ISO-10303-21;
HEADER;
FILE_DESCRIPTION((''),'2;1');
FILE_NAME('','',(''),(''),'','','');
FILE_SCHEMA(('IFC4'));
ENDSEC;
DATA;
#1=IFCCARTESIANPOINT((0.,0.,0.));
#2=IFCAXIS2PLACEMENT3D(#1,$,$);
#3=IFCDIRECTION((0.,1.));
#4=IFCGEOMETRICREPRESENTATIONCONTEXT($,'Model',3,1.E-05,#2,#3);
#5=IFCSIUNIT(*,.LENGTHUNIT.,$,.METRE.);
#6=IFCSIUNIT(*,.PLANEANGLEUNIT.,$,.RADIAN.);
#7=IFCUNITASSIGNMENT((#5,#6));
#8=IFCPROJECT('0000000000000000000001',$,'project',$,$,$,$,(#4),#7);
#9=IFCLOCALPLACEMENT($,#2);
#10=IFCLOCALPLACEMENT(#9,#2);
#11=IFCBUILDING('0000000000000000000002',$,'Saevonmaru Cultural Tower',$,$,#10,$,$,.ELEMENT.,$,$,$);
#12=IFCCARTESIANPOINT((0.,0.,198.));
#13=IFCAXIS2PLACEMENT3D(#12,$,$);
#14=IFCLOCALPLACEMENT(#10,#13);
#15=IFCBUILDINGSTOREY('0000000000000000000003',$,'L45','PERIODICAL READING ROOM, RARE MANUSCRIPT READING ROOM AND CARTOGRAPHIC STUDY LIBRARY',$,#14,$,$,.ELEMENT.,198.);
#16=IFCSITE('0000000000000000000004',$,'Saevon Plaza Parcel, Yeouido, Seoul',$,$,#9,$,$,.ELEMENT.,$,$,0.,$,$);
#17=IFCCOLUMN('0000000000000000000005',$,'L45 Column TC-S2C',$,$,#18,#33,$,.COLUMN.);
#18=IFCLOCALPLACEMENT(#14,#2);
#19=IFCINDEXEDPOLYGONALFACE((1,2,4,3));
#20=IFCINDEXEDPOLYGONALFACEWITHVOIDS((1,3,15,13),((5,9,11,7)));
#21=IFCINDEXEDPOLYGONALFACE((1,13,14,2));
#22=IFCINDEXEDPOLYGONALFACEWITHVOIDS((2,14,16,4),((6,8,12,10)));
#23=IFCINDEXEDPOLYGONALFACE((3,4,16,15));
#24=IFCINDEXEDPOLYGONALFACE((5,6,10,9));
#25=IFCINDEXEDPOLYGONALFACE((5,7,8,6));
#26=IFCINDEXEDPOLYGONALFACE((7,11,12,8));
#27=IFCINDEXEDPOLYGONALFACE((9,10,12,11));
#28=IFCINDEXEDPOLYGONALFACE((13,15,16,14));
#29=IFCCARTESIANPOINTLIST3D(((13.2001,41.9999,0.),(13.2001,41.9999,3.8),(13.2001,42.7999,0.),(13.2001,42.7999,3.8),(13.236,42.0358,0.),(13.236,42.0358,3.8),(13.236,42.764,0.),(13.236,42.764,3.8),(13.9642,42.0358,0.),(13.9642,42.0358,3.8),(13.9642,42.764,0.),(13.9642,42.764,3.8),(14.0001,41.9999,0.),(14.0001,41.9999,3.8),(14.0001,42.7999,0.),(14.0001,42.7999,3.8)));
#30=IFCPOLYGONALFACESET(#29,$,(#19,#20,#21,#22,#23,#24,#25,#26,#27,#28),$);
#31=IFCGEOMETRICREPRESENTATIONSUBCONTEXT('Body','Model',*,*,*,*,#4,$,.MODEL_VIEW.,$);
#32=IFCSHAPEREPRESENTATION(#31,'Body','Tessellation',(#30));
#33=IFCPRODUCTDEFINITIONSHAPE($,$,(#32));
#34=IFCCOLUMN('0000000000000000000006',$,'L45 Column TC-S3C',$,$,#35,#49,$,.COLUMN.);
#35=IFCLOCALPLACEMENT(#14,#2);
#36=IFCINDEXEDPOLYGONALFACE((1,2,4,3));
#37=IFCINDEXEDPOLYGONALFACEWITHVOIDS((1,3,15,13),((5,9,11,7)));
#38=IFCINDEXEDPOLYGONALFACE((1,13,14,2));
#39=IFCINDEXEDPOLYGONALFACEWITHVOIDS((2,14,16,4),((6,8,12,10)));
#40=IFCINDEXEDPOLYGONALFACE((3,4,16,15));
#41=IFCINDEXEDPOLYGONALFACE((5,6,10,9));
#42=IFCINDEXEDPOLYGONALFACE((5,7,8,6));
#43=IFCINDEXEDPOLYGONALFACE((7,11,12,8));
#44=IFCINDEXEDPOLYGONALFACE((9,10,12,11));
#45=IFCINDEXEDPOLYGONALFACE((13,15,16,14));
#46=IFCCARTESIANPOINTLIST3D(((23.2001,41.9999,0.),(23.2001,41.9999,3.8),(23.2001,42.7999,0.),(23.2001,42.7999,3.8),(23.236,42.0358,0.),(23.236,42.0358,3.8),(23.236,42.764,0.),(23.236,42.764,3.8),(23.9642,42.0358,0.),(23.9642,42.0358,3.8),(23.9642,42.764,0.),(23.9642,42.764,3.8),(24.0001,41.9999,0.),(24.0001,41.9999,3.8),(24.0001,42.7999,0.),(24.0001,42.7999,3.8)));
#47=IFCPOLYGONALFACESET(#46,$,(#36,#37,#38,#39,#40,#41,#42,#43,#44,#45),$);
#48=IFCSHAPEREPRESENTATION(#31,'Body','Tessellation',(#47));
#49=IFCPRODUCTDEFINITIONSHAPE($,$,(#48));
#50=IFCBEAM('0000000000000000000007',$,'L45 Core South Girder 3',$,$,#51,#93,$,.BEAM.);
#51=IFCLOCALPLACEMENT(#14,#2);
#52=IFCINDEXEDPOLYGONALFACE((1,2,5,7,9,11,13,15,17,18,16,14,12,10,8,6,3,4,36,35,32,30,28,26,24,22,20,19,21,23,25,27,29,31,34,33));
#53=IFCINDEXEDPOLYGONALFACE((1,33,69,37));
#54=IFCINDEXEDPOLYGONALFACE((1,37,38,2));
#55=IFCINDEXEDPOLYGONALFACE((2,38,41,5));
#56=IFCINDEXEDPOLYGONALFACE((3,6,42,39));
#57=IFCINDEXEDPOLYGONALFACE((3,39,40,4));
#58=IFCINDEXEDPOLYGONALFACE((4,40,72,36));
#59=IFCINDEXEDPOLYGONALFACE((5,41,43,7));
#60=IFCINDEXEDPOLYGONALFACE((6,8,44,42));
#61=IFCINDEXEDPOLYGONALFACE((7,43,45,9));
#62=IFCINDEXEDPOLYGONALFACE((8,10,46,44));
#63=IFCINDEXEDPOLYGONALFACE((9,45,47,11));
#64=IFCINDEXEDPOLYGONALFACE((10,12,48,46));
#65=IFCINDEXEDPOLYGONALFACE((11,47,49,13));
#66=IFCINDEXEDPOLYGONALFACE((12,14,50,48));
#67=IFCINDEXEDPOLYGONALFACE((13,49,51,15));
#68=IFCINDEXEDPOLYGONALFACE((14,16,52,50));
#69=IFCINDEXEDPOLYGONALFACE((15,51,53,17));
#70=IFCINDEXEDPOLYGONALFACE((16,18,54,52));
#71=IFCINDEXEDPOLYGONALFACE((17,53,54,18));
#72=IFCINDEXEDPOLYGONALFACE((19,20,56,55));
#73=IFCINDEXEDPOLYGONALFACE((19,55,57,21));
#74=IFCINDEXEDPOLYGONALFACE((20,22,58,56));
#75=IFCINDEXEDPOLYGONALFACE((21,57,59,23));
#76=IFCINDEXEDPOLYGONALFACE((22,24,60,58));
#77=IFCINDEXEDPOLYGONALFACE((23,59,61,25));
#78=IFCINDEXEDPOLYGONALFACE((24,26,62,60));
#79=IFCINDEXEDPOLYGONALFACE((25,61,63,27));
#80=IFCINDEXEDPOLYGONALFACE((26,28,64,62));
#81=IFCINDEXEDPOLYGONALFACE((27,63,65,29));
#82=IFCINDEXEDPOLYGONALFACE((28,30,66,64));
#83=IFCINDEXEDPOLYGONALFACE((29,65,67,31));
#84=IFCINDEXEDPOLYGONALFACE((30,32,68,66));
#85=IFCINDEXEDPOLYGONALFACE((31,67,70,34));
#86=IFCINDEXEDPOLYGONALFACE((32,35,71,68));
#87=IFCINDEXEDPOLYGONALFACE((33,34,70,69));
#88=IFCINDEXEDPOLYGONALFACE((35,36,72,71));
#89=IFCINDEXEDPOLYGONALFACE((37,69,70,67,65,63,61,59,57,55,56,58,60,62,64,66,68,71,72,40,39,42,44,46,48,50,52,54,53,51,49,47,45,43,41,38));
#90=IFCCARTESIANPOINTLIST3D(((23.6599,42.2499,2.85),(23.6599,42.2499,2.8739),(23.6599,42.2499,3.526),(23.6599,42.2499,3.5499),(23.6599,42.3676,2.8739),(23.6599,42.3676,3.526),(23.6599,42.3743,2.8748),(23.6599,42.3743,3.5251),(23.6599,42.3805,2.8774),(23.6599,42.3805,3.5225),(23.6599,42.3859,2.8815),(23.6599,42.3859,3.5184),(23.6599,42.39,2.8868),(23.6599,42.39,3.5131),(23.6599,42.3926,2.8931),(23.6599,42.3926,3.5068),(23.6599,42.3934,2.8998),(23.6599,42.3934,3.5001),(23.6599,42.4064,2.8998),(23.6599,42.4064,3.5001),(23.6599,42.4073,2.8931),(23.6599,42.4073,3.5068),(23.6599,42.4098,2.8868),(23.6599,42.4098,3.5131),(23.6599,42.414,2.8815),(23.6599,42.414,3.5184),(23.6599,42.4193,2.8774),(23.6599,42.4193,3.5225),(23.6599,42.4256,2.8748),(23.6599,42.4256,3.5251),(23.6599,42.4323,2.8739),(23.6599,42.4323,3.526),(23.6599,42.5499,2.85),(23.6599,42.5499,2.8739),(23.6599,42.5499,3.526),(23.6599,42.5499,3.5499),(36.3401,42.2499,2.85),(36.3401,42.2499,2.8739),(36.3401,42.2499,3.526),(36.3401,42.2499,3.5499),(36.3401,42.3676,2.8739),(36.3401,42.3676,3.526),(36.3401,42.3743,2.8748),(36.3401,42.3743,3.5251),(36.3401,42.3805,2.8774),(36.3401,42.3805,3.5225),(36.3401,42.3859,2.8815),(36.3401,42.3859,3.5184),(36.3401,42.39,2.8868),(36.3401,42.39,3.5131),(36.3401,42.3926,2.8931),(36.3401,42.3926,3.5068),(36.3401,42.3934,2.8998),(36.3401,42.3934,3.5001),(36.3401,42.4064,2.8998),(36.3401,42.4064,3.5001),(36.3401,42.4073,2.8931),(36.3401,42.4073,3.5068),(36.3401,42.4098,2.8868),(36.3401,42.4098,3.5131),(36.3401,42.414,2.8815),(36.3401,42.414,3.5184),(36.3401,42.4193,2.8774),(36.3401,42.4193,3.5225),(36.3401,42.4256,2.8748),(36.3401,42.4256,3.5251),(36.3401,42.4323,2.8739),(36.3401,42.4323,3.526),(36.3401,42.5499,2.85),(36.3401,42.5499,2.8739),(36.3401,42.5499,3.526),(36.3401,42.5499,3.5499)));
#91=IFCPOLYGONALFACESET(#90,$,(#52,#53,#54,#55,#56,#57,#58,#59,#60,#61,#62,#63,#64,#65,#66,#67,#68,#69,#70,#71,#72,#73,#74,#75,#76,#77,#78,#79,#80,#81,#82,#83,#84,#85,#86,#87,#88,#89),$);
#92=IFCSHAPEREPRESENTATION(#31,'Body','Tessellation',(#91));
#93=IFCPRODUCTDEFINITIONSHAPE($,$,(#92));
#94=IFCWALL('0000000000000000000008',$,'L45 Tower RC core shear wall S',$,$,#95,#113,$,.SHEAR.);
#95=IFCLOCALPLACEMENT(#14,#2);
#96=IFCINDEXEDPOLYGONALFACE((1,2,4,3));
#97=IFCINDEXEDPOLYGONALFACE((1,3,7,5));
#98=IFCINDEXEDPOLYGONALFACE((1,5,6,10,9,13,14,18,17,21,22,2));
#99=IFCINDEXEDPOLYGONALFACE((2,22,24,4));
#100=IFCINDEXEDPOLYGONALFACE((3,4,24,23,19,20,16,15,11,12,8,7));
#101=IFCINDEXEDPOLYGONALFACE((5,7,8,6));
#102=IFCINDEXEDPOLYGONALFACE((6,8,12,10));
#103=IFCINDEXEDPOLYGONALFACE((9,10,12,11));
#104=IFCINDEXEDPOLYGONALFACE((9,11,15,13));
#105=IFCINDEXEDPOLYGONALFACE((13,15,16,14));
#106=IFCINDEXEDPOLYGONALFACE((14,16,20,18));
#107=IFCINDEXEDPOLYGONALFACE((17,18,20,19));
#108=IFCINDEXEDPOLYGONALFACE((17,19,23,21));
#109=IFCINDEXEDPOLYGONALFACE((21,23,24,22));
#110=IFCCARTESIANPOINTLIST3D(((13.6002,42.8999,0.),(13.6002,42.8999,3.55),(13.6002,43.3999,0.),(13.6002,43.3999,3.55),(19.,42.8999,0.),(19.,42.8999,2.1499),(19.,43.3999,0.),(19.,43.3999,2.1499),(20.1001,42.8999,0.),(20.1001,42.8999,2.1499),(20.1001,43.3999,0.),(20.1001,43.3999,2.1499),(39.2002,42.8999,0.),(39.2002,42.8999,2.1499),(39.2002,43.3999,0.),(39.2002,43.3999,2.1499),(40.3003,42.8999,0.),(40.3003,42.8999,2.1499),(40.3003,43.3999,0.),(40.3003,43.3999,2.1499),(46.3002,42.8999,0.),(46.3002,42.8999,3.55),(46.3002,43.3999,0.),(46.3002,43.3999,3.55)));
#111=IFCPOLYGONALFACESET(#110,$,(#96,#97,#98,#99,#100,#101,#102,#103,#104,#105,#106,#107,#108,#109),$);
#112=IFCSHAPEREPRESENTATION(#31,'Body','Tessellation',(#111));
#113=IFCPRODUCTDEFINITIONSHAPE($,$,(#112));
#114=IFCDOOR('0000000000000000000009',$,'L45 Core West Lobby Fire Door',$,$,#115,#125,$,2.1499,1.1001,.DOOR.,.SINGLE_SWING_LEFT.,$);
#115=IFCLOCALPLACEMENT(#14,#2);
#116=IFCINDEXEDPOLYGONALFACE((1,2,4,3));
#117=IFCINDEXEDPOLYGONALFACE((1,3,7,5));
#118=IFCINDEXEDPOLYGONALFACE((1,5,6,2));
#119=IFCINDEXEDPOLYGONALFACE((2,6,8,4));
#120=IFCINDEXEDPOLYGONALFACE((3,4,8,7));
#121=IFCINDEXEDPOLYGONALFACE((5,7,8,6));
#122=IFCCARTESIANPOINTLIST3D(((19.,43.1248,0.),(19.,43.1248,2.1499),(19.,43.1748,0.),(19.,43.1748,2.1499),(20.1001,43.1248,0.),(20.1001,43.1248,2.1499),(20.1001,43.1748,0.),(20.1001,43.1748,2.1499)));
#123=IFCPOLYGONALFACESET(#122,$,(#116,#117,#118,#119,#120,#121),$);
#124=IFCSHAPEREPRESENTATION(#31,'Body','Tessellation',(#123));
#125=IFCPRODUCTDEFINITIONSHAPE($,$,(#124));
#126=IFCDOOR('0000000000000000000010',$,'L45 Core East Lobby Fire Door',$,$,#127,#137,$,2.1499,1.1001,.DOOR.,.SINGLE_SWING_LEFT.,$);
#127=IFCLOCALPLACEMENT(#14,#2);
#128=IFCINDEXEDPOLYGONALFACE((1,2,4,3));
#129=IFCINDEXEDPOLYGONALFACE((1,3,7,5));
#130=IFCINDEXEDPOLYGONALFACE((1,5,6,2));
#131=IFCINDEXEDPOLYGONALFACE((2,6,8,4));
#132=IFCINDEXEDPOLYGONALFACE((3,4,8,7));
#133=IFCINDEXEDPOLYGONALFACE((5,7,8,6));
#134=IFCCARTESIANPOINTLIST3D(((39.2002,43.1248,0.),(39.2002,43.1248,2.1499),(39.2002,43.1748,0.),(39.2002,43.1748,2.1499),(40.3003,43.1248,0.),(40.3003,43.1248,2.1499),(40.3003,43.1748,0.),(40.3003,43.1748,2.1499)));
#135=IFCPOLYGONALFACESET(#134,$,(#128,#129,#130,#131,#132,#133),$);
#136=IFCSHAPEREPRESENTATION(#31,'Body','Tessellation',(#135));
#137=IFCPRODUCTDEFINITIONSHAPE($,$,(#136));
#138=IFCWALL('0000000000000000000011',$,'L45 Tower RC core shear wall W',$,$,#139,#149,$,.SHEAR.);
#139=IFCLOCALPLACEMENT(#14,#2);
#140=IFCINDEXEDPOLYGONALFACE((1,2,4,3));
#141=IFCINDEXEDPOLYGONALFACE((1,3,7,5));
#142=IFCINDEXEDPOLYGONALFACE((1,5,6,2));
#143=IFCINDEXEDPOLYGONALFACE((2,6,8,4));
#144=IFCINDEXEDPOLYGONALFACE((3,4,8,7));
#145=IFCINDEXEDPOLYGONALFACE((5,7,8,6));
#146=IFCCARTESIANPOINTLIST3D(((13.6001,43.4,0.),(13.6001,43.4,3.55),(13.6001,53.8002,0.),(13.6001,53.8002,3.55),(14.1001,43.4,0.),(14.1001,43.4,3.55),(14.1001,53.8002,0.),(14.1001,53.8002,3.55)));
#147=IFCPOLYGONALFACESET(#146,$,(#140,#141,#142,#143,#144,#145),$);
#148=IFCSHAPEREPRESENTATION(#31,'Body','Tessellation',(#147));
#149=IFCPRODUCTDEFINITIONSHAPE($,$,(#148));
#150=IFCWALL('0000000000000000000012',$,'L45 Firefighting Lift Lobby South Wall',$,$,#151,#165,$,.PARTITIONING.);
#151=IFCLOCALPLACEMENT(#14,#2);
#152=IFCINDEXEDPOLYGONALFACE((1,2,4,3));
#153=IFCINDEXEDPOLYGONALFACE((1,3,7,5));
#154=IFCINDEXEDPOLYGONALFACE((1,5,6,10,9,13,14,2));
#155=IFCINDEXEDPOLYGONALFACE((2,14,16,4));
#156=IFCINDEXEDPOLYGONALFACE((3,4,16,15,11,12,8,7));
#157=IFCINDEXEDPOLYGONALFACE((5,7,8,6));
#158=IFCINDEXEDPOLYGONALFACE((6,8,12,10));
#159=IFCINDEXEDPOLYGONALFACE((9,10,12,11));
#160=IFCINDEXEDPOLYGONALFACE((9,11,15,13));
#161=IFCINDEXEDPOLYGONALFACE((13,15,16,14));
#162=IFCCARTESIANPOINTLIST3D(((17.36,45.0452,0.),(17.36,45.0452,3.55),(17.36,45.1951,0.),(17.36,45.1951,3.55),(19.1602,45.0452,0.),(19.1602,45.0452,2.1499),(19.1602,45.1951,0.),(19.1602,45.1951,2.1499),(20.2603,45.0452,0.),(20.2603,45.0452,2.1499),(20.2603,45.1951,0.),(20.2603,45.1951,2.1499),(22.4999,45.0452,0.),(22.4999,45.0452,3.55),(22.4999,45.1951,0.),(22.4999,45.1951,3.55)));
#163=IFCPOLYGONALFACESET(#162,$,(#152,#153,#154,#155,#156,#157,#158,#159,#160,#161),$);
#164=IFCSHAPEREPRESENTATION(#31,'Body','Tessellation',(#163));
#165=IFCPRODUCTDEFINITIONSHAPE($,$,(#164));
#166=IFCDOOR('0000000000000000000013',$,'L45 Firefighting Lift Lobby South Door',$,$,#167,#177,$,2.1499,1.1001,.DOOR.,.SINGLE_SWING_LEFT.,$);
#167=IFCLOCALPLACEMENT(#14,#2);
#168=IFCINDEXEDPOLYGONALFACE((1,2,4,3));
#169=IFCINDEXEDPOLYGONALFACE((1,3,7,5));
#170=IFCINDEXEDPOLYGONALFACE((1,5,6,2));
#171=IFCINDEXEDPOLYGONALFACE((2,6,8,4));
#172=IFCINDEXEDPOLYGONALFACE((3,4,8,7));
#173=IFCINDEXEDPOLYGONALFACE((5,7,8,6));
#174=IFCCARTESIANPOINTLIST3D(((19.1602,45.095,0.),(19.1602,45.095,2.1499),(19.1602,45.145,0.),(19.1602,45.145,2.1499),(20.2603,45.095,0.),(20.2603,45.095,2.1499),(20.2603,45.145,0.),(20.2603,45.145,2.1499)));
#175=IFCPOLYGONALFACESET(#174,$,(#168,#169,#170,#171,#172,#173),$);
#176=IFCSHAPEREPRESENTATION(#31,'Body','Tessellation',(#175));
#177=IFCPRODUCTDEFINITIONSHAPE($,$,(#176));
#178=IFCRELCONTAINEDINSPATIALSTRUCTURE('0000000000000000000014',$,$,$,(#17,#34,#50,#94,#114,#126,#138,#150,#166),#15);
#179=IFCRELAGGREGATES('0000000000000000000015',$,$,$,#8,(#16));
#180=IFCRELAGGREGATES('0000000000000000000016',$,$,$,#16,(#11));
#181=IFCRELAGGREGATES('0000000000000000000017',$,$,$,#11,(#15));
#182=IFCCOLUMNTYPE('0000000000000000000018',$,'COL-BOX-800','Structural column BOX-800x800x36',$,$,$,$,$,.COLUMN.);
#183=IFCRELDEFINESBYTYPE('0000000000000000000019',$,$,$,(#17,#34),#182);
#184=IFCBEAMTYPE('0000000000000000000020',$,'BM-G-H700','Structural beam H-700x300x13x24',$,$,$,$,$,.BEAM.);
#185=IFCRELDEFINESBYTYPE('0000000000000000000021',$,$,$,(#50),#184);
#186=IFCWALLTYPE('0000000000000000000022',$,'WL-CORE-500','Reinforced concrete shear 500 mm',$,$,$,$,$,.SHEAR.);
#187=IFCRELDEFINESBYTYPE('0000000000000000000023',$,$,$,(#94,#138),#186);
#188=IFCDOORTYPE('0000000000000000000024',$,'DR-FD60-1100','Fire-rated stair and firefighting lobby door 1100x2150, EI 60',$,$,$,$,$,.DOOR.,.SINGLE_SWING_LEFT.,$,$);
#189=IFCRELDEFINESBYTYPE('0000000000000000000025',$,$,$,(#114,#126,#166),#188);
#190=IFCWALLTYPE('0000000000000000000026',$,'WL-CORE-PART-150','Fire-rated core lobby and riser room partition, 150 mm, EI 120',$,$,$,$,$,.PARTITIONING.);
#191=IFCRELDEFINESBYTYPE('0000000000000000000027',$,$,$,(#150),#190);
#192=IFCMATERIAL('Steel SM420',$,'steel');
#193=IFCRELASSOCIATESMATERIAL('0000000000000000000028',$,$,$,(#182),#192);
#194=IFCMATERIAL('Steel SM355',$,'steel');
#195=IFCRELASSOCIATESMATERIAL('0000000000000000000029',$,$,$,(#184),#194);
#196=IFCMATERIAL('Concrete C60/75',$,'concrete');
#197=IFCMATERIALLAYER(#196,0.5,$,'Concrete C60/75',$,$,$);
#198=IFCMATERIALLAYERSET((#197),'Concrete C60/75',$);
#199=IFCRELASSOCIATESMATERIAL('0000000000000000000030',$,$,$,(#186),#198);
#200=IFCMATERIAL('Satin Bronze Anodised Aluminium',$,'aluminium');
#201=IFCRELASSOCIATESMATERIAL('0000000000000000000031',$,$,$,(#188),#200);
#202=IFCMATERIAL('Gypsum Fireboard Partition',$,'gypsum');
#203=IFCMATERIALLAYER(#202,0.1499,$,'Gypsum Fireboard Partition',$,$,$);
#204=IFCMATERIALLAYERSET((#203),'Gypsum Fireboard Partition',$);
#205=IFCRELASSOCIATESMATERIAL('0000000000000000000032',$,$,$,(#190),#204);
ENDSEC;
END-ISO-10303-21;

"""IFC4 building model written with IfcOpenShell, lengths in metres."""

from ifc_helpers import new_model, si_unit, direction, frame, frame_2d, origin, origin_2d, place, context, subcontext, project, spatial, rectangle, hollow_rectangle, i_section, extrude, material, layer, layer_set, material_profile, profile_set, type_object, element, fill, save


model = new_model("IFC4")

# Units and contexts
model_context = context("Model", 3, precision=1e-05, world=origin(), true_north=direction((0.0, 1.0)))
body_context = subcontext(model_context, "Body", "Model", "MODEL_VIEW")
ifc_project = project(units=[si_unit("LENGTHUNIT", "METRE"), si_unit("PLANEANGLEUNIT", "RADIAN")], contexts=[model_context])

# Site, building, storey
site_placement = place(None, origin())
site = spatial("IfcSite", under=ifc_project, at=site_placement, Name="Saevon Plaza Parcel, Yeouido, Seoul", CompositionType="ELEMENT", RefElevation=0.0)
building_placement = place(site_placement, origin())
building = spatial("IfcBuilding", under=site, at=building_placement, Name="Saevonmaru Cultural Tower", CompositionType="ELEMENT")
storey_placement = place(building_placement, frame((0.0, 0.0, 198.0)))
storey = spatial("IfcBuildingStorey", under=building, at=storey_placement, Name="L45", Description="PERIODICAL READING ROOM, RARE MANUSCRIPT READING ROOM AND CARTOGRAPHIC STUDY LIBRARY", CompositionType="ELEMENT", Elevation=198.0)

# Columns
ifc_material_1 = material(Name="Steel SM420", Category="steel")
ifc_material_profile_1 = material_profile(ifc_material_1, hollow_rectangle(XDim=0.8, YDim=0.8, WallThickness=0.0359, at=origin_2d()), Name="BOX-800x800x36")
ifc_profile_set_1 = profile_set([ifc_material_profile_1], Name="Steel SM420")
column_type = type_object("IfcColumnType", Name="COL-BOX-800", Description="Structural column BOX-800x800x36", PredefinedType="COLUMN", material=ifc_profile_set_1)
for number, where, z_axis, x_axis, name in (
    (1, (13.6001, 42.3999, 0.0), (0.0, 0.0, 1.0), (1.0, 0.0, 0.0), "L45 Column TC-S2C"),
    (2, (23.6001, 42.3999, 0.0), (0.0, 0.0, 1.0), (1.0, 0.0, 0.0), "L45 Column TC-S3C"),
):
    element("IfcColumn", number, at=place(storey_placement, frame(where, z_axis=z_axis, x_axis=x_axis)), inside=storey, type_object=column_type, Name=name, PredefinedType="COLUMN", context=body_context, shape_type="SweptSolid", body=[
        extrude(hollow_rectangle(XDim=0.8, YDim=0.8, WallThickness=0.0359, at=origin_2d()), origin(), (0.0, 0.0, 1.0), 3.8),
    ])

# Beam
ifc_material_2 = material(Name="Steel SM355", Category="steel")
ifc_material_profile_2 = material_profile(ifc_material_2, i_section(OverallWidth=0.3, OverallDepth=0.7, WebThickness=0.0129, FlangeThickness=0.0239, FilletRadius=0.0259, at=origin_2d()), Name="H-700x300x13x24")
ifc_profile_set_2 = profile_set([ifc_material_profile_2], Name="Steel SM355")
beam_type = type_object("IfcBeamType", Name="BM-G-H700", Description="Structural beam H-700x300x13x24", PredefinedType="BEAM", material=ifc_profile_set_2)
beam_placement = place(storey_placement, frame((23.6599, 42.3999, 3.2), z_axis=(1.0, 0.0, 0.0), x_axis=(0.0, 1.0, 0.0)))
element("IfcBeam", 3, at=beam_placement, inside=storey, type_object=beam_type, Name="L45 Core South Girder 3", PredefinedType="BEAM", context=body_context, shape_type="SweptSolid", body=[
    extrude(i_section(OverallWidth=0.3, OverallDepth=0.7, WebThickness=0.0129, FlangeThickness=0.0239, FilletRadius=0.0259, at=origin_2d()), origin(), (0.0, 0.0, 1.0), 12.6802),
])

# Wall, openings, doors
ifc_material_3 = material(Name="Concrete C60/75", Category="concrete")
ifc_layer_1 = layer(ifc_material_3, 0.5, Name="Concrete C60/75")
ifc_layer_set_1 = layer_set([ifc_layer_1], Name="Concrete C60/75")
wall_type_1 = type_object("IfcWallType", Name="WL-CORE-500", Description="Reinforced concrete shear 500 mm", PredefinedType="SHEAR", material=ifc_layer_set_1)
wall_1_placement = place(storey_placement, frame((13.6001, 43.1499, 0.0), z_axis=(0.0, 0.0, 1.0), x_axis=(1.0, 0.0, 0.0)))
wall_1 = element("IfcWall", 4, at=wall_1_placement, inside=storey, type_object=wall_type_1, Name="L45 Tower RC core shear wall S", PredefinedType="SHEAR", context=body_context, shape_type="SweptSolid", body=[
    extrude(rectangle(XDim=32.7, YDim=0.5, at=frame_2d((16.3501, 0.0))), origin(), (0.0, 0.0, 1.0), 3.55),
])
opening_1_placement = place(wall_1_placement, frame((5.3999, 0.0, 0.0)))
opening_1 = element("IfcOpeningElement", 5, at=opening_1_placement, cuts=wall_1, PredefinedType="OPENING", context=body_context, shape_type="SweptSolid", body=[
    extrude(rectangle(XDim=1.1001, YDim=2.1499, at=frame_2d((0.55, 1.075))), frame((0.0, 0.26, 0.0), z_axis=(0.0, -1.0, 0.0), x_axis=(1.0, 0.0, 0.0)), (0.0, 0.0, 1.0), 0.52),
])
opening_2_placement = place(wall_1_placement, frame((25.6001, 0.0, 0.0)))
opening_2 = element("IfcOpeningElement", 6, at=opening_2_placement, cuts=wall_1, PredefinedType="OPENING", context=body_context, shape_type="SweptSolid", body=[
    extrude(rectangle(XDim=1.1001, YDim=2.1499, at=frame_2d((0.55, 1.075))), frame((0.0, 0.26, 0.0), z_axis=(0.0, -1.0, 0.0), x_axis=(1.0, 0.0, 0.0)), (0.0, 0.0, 1.0), 0.52),
])
ifc_material_4 = material(Name="Satin Bronze Anodised Aluminium", Category="aluminium")
door_type_1 = type_object("IfcDoorType", Name="DR-FD60-1100", Description="Fire-rated stair and firefighting lobby door 1100x2150, EI 60", OperationType="SINGLE_SWING_LEFT", PredefinedType="DOOR", material=ifc_material_4)
door_1_placement = place(opening_1_placement, origin())
door_1 = element("IfcDoor", 7, at=door_1_placement, inside=storey, type_object=door_type_1, Name="L45 Core West Lobby Fire Door", OperationType="SINGLE_SWING_LEFT", OverallHeight=2.1499, OverallWidth=1.1001, PredefinedType="DOOR", context=body_context, shape_type="SweptSolid", body=[
    extrude(rectangle(XDim=1.1001, YDim=2.1499, at=frame_2d((0.55, 1.075))), frame((0.0, 0.0249, 0.0), z_axis=(0.0, -1.0, 0.0), x_axis=(1.0, 0.0, 0.0)), (0.0, 0.0, 1.0), 0.05),
])
fill(opening_1, door_1)
door_2_placement = place(opening_2_placement, origin())
door_2 = element("IfcDoor", 8, at=door_2_placement, inside=storey, type_object=door_type_1, Name="L45 Core East Lobby Fire Door", OperationType="SINGLE_SWING_LEFT", OverallHeight=2.1499, OverallWidth=1.1001, PredefinedType="DOOR", context=body_context, shape_type="SweptSolid", body=[
    extrude(rectangle(XDim=1.1001, YDim=2.1499, at=frame_2d((0.55, 1.075))), frame((0.0, 0.0249, 0.0), z_axis=(0.0, -1.0, 0.0), x_axis=(1.0, 0.0, 0.0)), (0.0, 0.0, 1.0), 0.05),
])
fill(opening_2, door_2)

# Wall
wall_2_placement = place(storey_placement, frame((13.8501, 43.3999, 0.0), z_axis=(0.0, 0.0, 1.0), x_axis=(0.0, 1.0, 0.0)))
element("IfcWall", 9, at=wall_2_placement, inside=storey, type_object=wall_type_1, Name="L45 Tower RC core shear wall W", PredefinedType="SHEAR", context=body_context, shape_type="SweptSolid", body=[
    extrude(rectangle(XDim=10.4001, YDim=0.5, at=frame_2d((5.2002, 0.0))), origin(), (0.0, 0.0, 1.0), 3.55),
])

# Wall, opening, door
ifc_material_5 = material(Name="Gypsum Fireboard Partition", Category="gypsum")
ifc_layer_2 = layer(ifc_material_5, 0.1499, Name="Gypsum Fireboard Partition")
ifc_layer_set_2 = layer_set([ifc_layer_2], Name="Gypsum Fireboard Partition")
wall_type_2 = type_object("IfcWallType", Name="WL-CORE-PART-150", Description="Fire-rated core lobby and riser room partition, 150 mm, EI 120", PredefinedType="PARTITIONING", material=ifc_layer_set_2)
wall_3_placement = place(storey_placement, frame((17.3601, 45.1201, 0.0), z_axis=(0.0, 0.0, 1.0), x_axis=(1.0, 0.0, 0.0)))
wall_3 = element("IfcWall", 10, at=wall_3_placement, inside=storey, type_object=wall_type_2, Name="L45 Firefighting Lift Lobby South Wall", PredefinedType="PARTITIONING", context=body_context, shape_type="SweptSolid", body=[
    extrude(rectangle(XDim=5.1399, YDim=0.1499, at=frame_2d((2.5698, 0.0))), origin(), (0.0, 0.0, 1.0), 3.55),
])
opening_3_placement = place(wall_3_placement, frame((1.8, 0.0, 0.0)))
opening_3 = element("IfcOpeningElement", 11, at=opening_3_placement, cuts=wall_3, PredefinedType="OPENING", context=body_context, shape_type="SweptSolid", body=[
    extrude(rectangle(XDim=1.1001, YDim=2.1499, at=frame_2d((0.55, 1.075))), frame((0.0, 0.085, 0.0), z_axis=(0.0, -1.0, 0.0), x_axis=(1.0, 0.0, 0.0)), (0.0, 0.0, 1.0), 0.1699),
])
door_3_placement = place(opening_3_placement, origin())
door_3 = element("IfcDoor", 12, at=door_3_placement, inside=storey, type_object=door_type_1, Name="L45 Firefighting Lift Lobby South Door", OperationType="SINGLE_SWING_LEFT", OverallHeight=2.1499, OverallWidth=1.1001, PredefinedType="DOOR", context=body_context, shape_type="SweptSolid", body=[
    extrude(rectangle(XDim=1.1001, YDim=2.1499, at=frame_2d((0.55, 1.075))), frame((0.0, 0.0249, 0.0), z_axis=(0.0, -1.0, 0.0), x_axis=(1.0, 0.0, 0.0)), (0.0, 0.0, 1.0), 0.05),
])
fill(opening_3, door_3)

save(model, "model.ifc")
